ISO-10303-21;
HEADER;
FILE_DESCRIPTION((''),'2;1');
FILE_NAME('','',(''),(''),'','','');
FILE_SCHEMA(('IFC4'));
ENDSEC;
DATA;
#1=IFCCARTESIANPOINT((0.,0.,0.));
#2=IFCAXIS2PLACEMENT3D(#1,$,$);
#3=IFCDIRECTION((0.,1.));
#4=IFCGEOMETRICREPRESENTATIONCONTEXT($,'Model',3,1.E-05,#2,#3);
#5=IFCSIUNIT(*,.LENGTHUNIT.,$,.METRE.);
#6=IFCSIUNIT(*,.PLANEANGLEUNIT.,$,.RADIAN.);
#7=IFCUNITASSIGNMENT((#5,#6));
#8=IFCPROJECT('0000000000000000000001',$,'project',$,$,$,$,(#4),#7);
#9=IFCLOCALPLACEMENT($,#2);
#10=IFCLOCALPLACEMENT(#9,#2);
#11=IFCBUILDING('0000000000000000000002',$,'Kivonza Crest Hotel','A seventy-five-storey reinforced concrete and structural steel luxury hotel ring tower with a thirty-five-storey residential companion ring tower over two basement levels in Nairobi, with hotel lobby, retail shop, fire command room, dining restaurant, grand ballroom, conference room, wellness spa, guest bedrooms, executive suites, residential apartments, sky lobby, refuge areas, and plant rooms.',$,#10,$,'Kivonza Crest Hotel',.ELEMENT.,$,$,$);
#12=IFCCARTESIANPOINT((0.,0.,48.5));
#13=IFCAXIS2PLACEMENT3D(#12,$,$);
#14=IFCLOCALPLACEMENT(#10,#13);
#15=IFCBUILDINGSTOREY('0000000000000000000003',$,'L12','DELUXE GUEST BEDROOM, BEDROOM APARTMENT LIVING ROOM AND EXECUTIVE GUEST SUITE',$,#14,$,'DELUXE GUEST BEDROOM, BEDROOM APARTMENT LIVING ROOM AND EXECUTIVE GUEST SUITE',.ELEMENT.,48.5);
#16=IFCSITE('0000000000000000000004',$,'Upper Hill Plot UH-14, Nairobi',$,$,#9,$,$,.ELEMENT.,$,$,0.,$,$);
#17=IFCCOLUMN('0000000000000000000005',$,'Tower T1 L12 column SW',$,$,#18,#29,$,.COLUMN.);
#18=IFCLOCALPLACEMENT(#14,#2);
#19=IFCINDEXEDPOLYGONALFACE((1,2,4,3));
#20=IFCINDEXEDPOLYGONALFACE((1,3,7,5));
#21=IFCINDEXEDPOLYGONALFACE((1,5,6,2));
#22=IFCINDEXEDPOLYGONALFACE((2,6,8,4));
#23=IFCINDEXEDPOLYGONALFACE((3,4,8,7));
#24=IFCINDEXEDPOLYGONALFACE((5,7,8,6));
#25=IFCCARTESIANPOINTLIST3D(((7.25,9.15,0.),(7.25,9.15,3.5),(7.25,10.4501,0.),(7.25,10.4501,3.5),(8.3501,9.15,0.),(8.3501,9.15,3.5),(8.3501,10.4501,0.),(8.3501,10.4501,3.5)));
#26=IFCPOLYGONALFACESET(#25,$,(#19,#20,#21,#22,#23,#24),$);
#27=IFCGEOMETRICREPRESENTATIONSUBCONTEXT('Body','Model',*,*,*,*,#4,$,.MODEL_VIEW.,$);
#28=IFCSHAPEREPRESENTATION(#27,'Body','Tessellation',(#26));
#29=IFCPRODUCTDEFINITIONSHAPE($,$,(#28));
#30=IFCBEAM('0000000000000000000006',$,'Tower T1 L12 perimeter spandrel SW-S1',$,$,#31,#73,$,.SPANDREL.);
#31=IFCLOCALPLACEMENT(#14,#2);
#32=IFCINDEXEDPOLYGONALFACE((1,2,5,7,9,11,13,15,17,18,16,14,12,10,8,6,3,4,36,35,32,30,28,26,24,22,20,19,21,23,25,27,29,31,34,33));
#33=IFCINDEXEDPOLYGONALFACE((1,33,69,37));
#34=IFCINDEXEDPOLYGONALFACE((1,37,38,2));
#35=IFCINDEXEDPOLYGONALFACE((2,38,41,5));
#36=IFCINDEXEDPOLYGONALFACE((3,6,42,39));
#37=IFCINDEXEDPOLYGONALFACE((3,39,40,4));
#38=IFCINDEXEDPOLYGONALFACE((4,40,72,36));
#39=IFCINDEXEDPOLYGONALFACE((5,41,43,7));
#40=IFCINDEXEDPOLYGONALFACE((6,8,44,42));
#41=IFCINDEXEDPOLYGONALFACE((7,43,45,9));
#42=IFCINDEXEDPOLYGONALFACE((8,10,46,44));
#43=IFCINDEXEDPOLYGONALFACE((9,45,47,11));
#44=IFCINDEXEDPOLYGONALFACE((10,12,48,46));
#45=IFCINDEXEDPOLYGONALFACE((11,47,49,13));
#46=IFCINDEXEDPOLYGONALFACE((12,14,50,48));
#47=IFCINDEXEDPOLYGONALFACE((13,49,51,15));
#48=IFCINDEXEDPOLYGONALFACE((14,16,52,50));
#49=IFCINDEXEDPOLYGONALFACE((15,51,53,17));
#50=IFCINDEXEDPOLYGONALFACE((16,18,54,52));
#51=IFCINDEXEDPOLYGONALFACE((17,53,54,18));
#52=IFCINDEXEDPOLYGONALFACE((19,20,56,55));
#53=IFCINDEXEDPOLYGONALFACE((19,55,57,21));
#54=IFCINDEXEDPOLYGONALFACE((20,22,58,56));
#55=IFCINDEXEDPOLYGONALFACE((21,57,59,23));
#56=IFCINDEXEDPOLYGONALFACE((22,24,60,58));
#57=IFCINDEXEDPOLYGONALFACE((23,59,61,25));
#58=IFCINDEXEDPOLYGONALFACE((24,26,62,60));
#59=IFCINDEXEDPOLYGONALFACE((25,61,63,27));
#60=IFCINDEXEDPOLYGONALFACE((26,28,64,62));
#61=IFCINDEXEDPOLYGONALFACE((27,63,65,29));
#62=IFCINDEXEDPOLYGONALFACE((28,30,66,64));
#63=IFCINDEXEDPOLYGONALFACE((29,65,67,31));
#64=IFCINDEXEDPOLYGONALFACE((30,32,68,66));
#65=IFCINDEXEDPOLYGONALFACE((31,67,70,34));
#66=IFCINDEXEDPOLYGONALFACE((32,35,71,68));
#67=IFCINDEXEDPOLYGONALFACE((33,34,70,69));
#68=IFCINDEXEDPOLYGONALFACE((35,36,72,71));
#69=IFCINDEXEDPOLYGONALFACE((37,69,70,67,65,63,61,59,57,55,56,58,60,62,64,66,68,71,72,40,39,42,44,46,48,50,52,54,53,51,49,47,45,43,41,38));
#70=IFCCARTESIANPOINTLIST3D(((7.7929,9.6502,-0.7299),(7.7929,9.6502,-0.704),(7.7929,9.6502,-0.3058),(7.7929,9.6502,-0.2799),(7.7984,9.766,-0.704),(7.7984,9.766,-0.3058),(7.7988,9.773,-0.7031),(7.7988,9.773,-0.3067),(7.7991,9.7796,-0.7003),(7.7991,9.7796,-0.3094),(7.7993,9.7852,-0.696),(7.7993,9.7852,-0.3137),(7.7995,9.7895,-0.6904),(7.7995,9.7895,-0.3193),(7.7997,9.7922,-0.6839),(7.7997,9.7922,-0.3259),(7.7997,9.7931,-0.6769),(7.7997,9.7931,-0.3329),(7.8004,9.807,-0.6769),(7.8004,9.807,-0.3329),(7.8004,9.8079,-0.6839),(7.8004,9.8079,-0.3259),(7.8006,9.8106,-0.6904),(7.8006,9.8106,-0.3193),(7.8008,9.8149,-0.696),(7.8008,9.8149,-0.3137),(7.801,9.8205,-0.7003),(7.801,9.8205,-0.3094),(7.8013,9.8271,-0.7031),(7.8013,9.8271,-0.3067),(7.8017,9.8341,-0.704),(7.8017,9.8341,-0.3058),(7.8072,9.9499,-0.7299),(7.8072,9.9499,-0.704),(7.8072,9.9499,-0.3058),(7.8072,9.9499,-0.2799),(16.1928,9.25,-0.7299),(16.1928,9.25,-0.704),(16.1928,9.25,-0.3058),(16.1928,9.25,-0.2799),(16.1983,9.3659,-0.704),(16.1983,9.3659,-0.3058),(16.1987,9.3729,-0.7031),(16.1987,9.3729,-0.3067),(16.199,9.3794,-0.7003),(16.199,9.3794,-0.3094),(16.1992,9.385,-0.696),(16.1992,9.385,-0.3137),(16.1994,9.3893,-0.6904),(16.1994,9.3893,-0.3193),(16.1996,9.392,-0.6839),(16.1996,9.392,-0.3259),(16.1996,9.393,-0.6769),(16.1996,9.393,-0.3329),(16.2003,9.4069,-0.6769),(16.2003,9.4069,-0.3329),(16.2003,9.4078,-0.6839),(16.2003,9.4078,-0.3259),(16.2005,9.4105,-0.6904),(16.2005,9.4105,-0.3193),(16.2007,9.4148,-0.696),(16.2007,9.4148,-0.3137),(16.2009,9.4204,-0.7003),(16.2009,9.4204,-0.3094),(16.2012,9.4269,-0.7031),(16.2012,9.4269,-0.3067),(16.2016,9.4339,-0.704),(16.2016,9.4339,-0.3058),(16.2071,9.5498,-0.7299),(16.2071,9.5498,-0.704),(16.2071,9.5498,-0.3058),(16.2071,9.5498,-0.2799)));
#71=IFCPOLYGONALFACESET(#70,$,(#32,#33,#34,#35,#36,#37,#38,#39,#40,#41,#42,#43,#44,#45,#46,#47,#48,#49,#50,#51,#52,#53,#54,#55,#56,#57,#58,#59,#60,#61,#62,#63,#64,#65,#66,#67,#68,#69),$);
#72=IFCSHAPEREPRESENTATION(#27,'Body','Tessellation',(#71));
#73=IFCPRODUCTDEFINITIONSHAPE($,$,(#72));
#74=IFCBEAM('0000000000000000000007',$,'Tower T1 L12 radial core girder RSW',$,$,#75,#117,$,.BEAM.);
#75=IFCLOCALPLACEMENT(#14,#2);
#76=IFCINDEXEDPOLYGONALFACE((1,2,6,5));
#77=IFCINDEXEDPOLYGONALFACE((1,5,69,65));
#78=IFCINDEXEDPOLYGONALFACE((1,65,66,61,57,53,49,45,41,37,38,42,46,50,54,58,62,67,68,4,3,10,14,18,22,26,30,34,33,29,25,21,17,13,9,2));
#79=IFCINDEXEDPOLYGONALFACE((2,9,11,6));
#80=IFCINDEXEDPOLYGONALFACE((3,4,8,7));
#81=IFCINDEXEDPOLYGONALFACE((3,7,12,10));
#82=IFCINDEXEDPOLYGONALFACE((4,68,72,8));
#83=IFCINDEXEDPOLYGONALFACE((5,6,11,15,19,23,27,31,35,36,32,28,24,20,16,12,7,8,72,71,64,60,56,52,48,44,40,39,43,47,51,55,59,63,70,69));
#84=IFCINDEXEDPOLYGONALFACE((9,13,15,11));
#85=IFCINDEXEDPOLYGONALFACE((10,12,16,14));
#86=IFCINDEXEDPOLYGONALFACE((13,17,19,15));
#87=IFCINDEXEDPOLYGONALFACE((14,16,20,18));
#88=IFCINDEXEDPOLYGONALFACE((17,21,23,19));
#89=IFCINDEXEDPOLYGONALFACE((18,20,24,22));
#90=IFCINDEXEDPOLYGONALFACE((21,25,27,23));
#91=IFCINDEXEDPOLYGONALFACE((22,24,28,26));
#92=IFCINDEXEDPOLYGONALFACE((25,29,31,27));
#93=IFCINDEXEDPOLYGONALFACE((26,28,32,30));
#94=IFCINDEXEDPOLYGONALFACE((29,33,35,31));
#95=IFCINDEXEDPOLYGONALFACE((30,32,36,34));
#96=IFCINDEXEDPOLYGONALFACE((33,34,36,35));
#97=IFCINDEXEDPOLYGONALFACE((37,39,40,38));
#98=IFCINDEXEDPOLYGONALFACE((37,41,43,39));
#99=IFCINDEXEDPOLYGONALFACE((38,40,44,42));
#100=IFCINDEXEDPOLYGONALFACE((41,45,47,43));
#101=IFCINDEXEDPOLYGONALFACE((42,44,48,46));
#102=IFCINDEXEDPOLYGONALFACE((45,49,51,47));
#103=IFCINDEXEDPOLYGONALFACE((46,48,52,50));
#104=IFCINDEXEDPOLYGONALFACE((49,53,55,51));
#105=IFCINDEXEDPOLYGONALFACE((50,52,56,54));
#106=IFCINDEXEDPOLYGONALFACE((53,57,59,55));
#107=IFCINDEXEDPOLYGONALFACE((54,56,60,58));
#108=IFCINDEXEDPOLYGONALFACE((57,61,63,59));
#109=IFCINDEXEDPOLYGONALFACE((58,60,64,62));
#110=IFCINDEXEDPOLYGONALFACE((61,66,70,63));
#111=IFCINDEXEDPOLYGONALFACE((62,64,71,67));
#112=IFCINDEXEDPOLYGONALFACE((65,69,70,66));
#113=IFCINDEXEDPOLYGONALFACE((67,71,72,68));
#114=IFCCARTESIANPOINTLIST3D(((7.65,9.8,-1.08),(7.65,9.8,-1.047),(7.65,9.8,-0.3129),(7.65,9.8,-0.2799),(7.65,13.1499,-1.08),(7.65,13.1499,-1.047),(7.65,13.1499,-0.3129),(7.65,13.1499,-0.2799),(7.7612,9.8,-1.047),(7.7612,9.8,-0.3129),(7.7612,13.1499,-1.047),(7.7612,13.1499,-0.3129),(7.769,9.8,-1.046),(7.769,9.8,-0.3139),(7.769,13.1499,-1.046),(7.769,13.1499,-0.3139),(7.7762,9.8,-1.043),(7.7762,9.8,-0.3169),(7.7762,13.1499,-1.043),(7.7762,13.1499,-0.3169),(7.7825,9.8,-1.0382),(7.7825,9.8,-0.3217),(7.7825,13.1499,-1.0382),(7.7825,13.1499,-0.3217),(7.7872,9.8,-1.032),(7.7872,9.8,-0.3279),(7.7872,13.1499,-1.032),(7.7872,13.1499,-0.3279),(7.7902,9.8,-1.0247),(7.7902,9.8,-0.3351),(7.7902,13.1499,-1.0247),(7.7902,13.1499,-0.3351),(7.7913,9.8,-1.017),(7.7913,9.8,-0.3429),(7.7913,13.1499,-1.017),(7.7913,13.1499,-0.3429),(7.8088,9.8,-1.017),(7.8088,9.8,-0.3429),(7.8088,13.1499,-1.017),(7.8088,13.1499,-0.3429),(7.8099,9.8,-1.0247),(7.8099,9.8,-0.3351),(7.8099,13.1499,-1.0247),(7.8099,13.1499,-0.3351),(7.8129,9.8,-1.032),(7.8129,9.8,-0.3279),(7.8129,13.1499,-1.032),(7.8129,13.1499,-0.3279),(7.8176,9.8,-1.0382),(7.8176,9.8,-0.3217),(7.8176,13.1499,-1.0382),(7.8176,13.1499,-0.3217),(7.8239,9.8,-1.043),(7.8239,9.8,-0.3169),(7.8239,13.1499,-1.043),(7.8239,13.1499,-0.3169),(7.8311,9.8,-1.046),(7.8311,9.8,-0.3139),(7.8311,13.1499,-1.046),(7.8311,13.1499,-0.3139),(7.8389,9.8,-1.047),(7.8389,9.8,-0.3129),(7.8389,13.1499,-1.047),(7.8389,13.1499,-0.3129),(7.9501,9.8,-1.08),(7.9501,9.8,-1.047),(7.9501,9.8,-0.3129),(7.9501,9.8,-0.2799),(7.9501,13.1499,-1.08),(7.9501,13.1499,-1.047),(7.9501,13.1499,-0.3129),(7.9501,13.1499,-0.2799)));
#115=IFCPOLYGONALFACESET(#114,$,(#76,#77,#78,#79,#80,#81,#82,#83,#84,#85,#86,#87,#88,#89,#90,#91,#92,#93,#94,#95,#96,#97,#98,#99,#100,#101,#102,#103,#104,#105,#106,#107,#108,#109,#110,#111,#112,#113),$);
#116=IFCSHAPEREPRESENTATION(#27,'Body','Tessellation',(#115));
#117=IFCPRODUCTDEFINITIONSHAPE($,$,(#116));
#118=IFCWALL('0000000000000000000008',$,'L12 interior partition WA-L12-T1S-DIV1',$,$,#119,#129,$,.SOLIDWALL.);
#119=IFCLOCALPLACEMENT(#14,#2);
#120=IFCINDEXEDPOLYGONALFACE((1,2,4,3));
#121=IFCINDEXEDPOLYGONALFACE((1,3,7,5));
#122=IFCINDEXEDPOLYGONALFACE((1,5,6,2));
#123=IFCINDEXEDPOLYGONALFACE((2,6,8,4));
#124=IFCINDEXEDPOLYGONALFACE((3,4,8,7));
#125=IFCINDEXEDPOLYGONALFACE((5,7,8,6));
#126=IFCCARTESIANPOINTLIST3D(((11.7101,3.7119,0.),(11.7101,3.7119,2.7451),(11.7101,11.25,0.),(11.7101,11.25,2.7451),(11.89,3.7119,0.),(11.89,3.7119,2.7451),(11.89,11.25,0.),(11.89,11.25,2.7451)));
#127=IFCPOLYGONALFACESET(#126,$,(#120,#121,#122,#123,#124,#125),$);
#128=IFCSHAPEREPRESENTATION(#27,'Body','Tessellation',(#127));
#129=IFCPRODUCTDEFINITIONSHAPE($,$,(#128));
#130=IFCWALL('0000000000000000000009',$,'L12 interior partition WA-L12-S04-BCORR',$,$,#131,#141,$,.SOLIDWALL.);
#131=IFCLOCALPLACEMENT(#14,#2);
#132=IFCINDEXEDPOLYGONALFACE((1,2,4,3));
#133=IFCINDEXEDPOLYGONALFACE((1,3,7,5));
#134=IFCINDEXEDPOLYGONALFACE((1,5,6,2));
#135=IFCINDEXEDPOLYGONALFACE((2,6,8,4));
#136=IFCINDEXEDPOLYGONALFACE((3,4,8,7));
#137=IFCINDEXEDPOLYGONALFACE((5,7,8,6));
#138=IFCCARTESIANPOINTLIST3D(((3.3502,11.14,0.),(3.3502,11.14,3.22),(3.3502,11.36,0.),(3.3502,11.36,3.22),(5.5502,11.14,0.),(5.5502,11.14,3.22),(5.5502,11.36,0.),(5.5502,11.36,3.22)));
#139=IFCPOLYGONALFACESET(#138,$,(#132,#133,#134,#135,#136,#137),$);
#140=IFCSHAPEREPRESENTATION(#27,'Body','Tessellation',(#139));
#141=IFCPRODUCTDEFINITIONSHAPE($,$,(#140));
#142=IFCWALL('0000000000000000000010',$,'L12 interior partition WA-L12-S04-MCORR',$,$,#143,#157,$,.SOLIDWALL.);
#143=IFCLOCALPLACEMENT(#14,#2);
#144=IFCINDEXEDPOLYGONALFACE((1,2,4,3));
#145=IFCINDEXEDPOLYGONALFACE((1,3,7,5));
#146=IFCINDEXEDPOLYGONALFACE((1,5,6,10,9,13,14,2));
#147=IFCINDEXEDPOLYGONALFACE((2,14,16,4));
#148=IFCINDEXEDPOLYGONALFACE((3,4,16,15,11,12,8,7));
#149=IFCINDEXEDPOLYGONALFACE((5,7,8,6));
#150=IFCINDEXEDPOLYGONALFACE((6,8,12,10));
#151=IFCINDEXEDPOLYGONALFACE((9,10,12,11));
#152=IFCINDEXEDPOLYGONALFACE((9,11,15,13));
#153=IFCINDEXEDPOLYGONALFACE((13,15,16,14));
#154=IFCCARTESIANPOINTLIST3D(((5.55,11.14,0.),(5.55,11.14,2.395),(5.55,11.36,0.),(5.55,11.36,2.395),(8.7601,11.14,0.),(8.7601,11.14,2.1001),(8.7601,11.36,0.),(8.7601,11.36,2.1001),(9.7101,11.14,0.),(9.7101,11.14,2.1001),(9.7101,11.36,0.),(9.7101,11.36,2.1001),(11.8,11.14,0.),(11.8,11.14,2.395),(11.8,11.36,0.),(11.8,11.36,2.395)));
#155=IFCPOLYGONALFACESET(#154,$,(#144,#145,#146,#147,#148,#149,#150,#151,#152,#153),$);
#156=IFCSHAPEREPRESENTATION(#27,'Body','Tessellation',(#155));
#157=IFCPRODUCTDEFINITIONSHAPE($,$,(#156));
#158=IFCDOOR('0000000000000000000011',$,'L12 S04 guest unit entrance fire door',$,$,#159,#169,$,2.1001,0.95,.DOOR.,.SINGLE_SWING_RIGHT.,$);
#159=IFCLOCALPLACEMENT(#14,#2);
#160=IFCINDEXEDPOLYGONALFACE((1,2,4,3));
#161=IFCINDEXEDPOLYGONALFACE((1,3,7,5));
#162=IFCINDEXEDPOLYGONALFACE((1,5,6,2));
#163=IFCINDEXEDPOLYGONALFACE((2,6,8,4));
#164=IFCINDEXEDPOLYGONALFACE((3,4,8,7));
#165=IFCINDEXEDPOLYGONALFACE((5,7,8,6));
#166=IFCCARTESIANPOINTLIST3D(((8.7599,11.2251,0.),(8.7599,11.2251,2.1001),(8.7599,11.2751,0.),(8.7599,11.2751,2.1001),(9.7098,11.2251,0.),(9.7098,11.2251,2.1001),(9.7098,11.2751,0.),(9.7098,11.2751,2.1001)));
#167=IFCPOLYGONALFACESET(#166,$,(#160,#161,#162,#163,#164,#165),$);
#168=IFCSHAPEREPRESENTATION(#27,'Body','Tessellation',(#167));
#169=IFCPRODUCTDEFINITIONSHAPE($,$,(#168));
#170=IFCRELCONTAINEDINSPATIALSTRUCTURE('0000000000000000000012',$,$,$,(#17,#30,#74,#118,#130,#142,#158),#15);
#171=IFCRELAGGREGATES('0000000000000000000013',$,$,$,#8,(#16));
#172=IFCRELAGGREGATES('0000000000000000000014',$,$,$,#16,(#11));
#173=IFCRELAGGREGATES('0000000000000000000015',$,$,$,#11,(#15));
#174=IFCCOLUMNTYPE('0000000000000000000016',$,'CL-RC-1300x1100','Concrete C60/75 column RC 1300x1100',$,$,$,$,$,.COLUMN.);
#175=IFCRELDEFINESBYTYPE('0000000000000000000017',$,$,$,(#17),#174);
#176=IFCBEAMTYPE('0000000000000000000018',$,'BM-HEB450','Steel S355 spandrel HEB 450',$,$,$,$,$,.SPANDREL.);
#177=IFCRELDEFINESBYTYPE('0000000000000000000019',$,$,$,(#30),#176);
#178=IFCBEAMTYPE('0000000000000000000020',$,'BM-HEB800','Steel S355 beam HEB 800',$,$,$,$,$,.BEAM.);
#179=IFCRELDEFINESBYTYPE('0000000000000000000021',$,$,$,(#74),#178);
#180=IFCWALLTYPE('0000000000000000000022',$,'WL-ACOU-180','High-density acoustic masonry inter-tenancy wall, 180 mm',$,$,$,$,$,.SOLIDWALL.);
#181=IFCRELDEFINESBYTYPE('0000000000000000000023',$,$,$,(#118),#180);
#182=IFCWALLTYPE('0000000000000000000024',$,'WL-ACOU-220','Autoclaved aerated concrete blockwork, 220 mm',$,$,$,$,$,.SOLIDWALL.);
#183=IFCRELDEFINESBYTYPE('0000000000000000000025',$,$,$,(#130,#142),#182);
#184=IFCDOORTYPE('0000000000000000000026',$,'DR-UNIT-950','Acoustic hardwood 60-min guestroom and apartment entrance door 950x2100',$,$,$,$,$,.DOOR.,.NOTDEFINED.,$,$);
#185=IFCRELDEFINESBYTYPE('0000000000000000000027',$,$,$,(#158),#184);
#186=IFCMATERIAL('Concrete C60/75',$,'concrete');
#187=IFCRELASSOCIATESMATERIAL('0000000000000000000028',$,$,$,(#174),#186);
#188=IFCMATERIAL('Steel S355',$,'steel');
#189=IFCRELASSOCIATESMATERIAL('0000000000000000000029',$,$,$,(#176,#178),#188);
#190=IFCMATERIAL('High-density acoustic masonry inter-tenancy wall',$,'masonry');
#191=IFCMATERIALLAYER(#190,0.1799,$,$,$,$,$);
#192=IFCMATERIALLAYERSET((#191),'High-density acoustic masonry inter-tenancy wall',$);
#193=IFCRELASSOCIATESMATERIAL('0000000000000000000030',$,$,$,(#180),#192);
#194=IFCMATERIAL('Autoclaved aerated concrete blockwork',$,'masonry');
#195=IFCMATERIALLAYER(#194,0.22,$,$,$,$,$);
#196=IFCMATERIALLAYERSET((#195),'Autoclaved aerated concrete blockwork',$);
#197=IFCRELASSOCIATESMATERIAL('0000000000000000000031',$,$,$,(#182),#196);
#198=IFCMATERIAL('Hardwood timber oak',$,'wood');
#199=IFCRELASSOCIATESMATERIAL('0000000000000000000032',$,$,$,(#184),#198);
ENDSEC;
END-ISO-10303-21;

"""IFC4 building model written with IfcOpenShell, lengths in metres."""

from ifc_helpers import new_model, si_unit, direction, frame, frame_2d, origin, origin_2d, place, context, subcontext, project, spatial, rectangle, i_section, extrude, material, layer, layer_set, material_profile, profile_set, type_object, element, fill, save


model = new_model("IFC4")

# Units and contexts
model_context = context("Model", 3, precision=1e-05, world=origin(), true_north=direction((0.0, 1.0)))
body_context = subcontext(model_context, "Body", "Model", "MODEL_VIEW")
ifc_project = project(units=[si_unit("LENGTHUNIT", "METRE"), si_unit("PLANEANGLEUNIT", "RADIAN")], contexts=[model_context])

# Site, building, storey
site_placement = place(None, origin())
site = spatial("IfcSite", under=ifc_project, at=site_placement, Name="Upper Hill Plot UH-14, Nairobi", CompositionType="ELEMENT", RefElevation=0.0)
building_placement = place(site_placement, origin())
building = spatial("IfcBuilding", under=site, at=building_placement, Name="Kivonza Crest Hotel", Description="A seventy-five-storey reinforced concrete and structural steel luxury hotel ring tower with a thirty-five-storey residential companion ring tower over two basement levels in Nairobi, with hotel lobby, retail shop, fire command room, dining restaurant, grand ballroom, conference room, wellness spa, guest bedrooms, executive suites, residential apartments, sky lobby, refuge areas, and plant rooms.", LongName="Kivonza Crest Hotel", CompositionType="ELEMENT")
storey_placement = place(building_placement, frame((0.0, 0.0, 48.5)))
storey = spatial("IfcBuildingStorey", under=building, at=storey_placement, Name="L12", Description="DELUXE GUEST BEDROOM, BEDROOM APARTMENT LIVING ROOM AND EXECUTIVE GUEST SUITE", LongName="DELUXE GUEST BEDROOM, BEDROOM APARTMENT LIVING ROOM AND EXECUTIVE GUEST SUITE", CompositionType="ELEMENT", Elevation=48.5)

# Column
ifc_material_1 = material(Name="Concrete C60/75", Category="concrete")
ifc_material_profile_1 = material_profile(ifc_material_1, rectangle(XDim=1.1001, YDim=1.3, at=origin_2d()), Name="RC 1300x1100")
ifc_profile_set_1 = profile_set([ifc_material_profile_1], Name="Concrete C60/75")
column_type = type_object("IfcColumnType", Name="CL-RC-1300x1100", Description="Concrete C60/75 column RC 1300x1100", PredefinedType="COLUMN", material=ifc_profile_set_1)
column_placement = place(storey_placement, frame((7.8, 9.8, 0.0), z_axis=(0.0, 0.0, 1.0), x_axis=(1.0, 0.0, 0.0)))
element("IfcColumn", 1, at=column_placement, inside=storey, type_object=column_type, Name="Tower T1 L12 column SW", PredefinedType="COLUMN", context=body_context, shape_type="SweptSolid", body=[
    extrude(rectangle(XDim=1.1001, YDim=1.3, at=origin_2d()), origin(), (0.0, 0.0, 1.0), 3.5),
])

# Beams
ifc_material_2 = material(Name="Steel S355", Category="steel")
ifc_material_profile_2 = material_profile(ifc_material_2, i_section(OverallWidth=0.3, OverallDepth=0.45, WebThickness=0.0139, FlangeThickness=0.0259, FilletRadius=0.0271, at=origin_2d()), Name="HEB 450")
ifc_profile_set_2 = profile_set([ifc_material_profile_2], Name="Steel S355")
beam_type_1 = type_object("IfcBeamType", Name="BM-HEB450", Description="Steel S355 spandrel HEB 450", PredefinedType="SPANDREL", material=ifc_profile_set_2)
beam_1_placement = place(storey_placement, frame((7.8, 9.8, -0.5049), z_axis=(0.998867, -0.047583, 0.0), x_axis=(0.047583, 0.998867, 0.0)))
element("IfcBeam", 2, at=beam_1_placement, inside=storey, type_object=beam_type_1, Name="Tower T1 L12 perimeter spandrel SW-S1", PredefinedType="SPANDREL", context=body_context, shape_type="SweptSolid", body=[
    extrude(i_section(OverallWidth=0.3, OverallDepth=0.45, WebThickness=0.0139, FlangeThickness=0.0259, FilletRadius=0.0271, at=origin_2d()), origin(), (0.0, 0.0, 1.0), 8.4094),
])
ifc_material_profile_3 = material_profile(ifc_material_2, i_section(OverallWidth=0.3, OverallDepth=0.8, WebThickness=0.0176, FlangeThickness=0.033, FilletRadius=0.03, at=origin_2d()), Name="HEB 800")
ifc_profile_set_3 = profile_set([ifc_material_profile_3], Name="Steel S355")
beam_type_2 = type_object("IfcBeamType", Name="BM-HEB800", Description="Steel S355 beam HEB 800", PredefinedType="BEAM", material=ifc_profile_set_3)
beam_2_placement = place(storey_placement, frame((7.8, 9.8, -0.6799), z_axis=(0.0, 1.0, 0.0), x_axis=(-1.0, 0.0, 0.0)))
element("IfcBeam", 3, at=beam_2_placement, inside=storey, type_object=beam_type_2, Name="Tower T1 L12 radial core girder RSW", PredefinedType="BEAM", context=body_context, shape_type="SweptSolid", body=[
    extrude(i_section(OverallWidth=0.3, OverallDepth=0.8, WebThickness=0.0176, FlangeThickness=0.033, FilletRadius=0.03, at=origin_2d()), origin(), (0.0, 0.0, 1.0), 3.3499),
])

# Walls
ifc_material_3 = material(Name="High-density acoustic masonry inter-tenancy wall", Category="masonry")
ifc_layer_1 = layer(ifc_material_3, 0.1799)
ifc_layer_set_1 = layer_set([ifc_layer_1], Name="High-density acoustic masonry inter-tenancy wall")
wall_type_1 = type_object("IfcWallType", Name="WL-ACOU-180", Description="High-density acoustic masonry inter-tenancy wall, 180 mm", PredefinedType="SOLIDWALL", material=ifc_layer_set_1)
wall_1_placement = place(storey_placement, frame((11.8, 3.7119, 0.0), z_axis=(0.0, 0.0, 1.0), x_axis=(0.0, 1.0, 0.0)))
element("IfcWall", 4, at=wall_1_placement, inside=storey, type_object=wall_type_1, Name="L12 interior partition WA-L12-T1S-DIV1", PredefinedType="SOLIDWALL", context=body_context, shape_type="SweptSolid", body=[
    extrude(rectangle(XDim=7.5381, YDim=0.1799, at=frame_2d((3.769, 0.0))), origin(), (0.0, 0.0, 1.0), 2.7451),
])
ifc_material_4 = material(Name="Autoclaved aerated concrete blockwork", Category="masonry")
ifc_layer_2 = layer(ifc_material_4, 0.22)
ifc_layer_set_2 = layer_set([ifc_layer_2], Name="Autoclaved aerated concrete blockwork")
wall_type_2 = type_object("IfcWallType", Name="WL-ACOU-220", Description="Autoclaved aerated concrete blockwork, 220 mm", PredefinedType="SOLIDWALL", material=ifc_layer_set_2)
wall_2_placement = place(storey_placement, frame((3.3501, 11.25, 0.0), z_axis=(0.0, 0.0, 1.0), x_axis=(1.0, 0.0, 0.0)))
element("IfcWall", 5, at=wall_2_placement, inside=storey, type_object=wall_type_2, Name="L12 interior partition WA-L12-S04-BCORR", PredefinedType="SOLIDWALL", context=body_context, shape_type="SweptSolid", body=[
    extrude(rectangle(XDim=2.2, YDim=0.22, at=frame_2d((1.1001, 0.0))), origin(), (0.0, 0.0, 1.0), 3.22),
])

# Wall, opening, door
wall_3_placement = place(storey_placement, frame((5.55, 11.25, 0.0), z_axis=(0.0, 0.0, 1.0), x_axis=(1.0, 0.0, 0.0)))
wall_3 = element("IfcWall", 6, at=wall_3_placement, inside=storey, type_object=wall_type_2, Name="L12 interior partition WA-L12-S04-MCORR", PredefinedType="SOLIDWALL", context=body_context, shape_type="SweptSolid", body=[
    extrude(rectangle(XDim=6.25, YDim=0.22, at=frame_2d((3.125, 0.0))), origin(), (0.0, 0.0, 1.0), 2.395),
])
opening_1_placement = place(wall_3_placement, frame((3.21, 0.0, 0.0)))
opening_1 = element("IfcOpeningElement", 7, at=opening_1_placement, cuts=wall_3, PredefinedType="OPENING", context=body_context, shape_type="SweptSolid", body=[
    extrude(rectangle(XDim=0.95, YDim=2.1001, at=frame_2d((0.4751, 1.05))), frame((0.0, 0.1201, 0.0), z_axis=(0.0, -1.0, 0.0), x_axis=(1.0, 0.0, 0.0)), (0.0, 0.0, 1.0), 0.24),
])
ifc_material_5 = material(Name="Hardwood timber oak", Category="wood")
door_type_1 = type_object("IfcDoorType", Name="DR-UNIT-950", Description="Acoustic hardwood 60-min guestroom and apartment entrance door 950x2100", OperationType="NOTDEFINED", PredefinedType="DOOR", material=ifc_material_5)
door_1_placement = place(opening_1_placement, frame((0.95, 0.0, 0.0), z_axis=(0.0, 0.0, 1.0), x_axis=(-1.0, 0.0, 0.0)))
door_1 = element("IfcDoor", 8, at=door_1_placement, inside=storey, type_object=door_type_1, Name="L12 S04 guest unit entrance fire door", OperationType="SINGLE_SWING_RIGHT", OverallHeight=2.1001, OverallWidth=0.95, PredefinedType="DOOR", context=body_context, shape_type="SweptSolid", body=[
    extrude(rectangle(XDim=0.95, YDim=2.1001, at=frame_2d((0.4751, 1.05))), frame((0.0, 0.0249, 0.0), z_axis=(0.0, -1.0, 0.0), x_axis=(1.0, 0.0, 0.0)), (0.0, 0.0, 1.0), 0.05),
])
fill(opening_1, door_1)

save(model, "model.ifc")
